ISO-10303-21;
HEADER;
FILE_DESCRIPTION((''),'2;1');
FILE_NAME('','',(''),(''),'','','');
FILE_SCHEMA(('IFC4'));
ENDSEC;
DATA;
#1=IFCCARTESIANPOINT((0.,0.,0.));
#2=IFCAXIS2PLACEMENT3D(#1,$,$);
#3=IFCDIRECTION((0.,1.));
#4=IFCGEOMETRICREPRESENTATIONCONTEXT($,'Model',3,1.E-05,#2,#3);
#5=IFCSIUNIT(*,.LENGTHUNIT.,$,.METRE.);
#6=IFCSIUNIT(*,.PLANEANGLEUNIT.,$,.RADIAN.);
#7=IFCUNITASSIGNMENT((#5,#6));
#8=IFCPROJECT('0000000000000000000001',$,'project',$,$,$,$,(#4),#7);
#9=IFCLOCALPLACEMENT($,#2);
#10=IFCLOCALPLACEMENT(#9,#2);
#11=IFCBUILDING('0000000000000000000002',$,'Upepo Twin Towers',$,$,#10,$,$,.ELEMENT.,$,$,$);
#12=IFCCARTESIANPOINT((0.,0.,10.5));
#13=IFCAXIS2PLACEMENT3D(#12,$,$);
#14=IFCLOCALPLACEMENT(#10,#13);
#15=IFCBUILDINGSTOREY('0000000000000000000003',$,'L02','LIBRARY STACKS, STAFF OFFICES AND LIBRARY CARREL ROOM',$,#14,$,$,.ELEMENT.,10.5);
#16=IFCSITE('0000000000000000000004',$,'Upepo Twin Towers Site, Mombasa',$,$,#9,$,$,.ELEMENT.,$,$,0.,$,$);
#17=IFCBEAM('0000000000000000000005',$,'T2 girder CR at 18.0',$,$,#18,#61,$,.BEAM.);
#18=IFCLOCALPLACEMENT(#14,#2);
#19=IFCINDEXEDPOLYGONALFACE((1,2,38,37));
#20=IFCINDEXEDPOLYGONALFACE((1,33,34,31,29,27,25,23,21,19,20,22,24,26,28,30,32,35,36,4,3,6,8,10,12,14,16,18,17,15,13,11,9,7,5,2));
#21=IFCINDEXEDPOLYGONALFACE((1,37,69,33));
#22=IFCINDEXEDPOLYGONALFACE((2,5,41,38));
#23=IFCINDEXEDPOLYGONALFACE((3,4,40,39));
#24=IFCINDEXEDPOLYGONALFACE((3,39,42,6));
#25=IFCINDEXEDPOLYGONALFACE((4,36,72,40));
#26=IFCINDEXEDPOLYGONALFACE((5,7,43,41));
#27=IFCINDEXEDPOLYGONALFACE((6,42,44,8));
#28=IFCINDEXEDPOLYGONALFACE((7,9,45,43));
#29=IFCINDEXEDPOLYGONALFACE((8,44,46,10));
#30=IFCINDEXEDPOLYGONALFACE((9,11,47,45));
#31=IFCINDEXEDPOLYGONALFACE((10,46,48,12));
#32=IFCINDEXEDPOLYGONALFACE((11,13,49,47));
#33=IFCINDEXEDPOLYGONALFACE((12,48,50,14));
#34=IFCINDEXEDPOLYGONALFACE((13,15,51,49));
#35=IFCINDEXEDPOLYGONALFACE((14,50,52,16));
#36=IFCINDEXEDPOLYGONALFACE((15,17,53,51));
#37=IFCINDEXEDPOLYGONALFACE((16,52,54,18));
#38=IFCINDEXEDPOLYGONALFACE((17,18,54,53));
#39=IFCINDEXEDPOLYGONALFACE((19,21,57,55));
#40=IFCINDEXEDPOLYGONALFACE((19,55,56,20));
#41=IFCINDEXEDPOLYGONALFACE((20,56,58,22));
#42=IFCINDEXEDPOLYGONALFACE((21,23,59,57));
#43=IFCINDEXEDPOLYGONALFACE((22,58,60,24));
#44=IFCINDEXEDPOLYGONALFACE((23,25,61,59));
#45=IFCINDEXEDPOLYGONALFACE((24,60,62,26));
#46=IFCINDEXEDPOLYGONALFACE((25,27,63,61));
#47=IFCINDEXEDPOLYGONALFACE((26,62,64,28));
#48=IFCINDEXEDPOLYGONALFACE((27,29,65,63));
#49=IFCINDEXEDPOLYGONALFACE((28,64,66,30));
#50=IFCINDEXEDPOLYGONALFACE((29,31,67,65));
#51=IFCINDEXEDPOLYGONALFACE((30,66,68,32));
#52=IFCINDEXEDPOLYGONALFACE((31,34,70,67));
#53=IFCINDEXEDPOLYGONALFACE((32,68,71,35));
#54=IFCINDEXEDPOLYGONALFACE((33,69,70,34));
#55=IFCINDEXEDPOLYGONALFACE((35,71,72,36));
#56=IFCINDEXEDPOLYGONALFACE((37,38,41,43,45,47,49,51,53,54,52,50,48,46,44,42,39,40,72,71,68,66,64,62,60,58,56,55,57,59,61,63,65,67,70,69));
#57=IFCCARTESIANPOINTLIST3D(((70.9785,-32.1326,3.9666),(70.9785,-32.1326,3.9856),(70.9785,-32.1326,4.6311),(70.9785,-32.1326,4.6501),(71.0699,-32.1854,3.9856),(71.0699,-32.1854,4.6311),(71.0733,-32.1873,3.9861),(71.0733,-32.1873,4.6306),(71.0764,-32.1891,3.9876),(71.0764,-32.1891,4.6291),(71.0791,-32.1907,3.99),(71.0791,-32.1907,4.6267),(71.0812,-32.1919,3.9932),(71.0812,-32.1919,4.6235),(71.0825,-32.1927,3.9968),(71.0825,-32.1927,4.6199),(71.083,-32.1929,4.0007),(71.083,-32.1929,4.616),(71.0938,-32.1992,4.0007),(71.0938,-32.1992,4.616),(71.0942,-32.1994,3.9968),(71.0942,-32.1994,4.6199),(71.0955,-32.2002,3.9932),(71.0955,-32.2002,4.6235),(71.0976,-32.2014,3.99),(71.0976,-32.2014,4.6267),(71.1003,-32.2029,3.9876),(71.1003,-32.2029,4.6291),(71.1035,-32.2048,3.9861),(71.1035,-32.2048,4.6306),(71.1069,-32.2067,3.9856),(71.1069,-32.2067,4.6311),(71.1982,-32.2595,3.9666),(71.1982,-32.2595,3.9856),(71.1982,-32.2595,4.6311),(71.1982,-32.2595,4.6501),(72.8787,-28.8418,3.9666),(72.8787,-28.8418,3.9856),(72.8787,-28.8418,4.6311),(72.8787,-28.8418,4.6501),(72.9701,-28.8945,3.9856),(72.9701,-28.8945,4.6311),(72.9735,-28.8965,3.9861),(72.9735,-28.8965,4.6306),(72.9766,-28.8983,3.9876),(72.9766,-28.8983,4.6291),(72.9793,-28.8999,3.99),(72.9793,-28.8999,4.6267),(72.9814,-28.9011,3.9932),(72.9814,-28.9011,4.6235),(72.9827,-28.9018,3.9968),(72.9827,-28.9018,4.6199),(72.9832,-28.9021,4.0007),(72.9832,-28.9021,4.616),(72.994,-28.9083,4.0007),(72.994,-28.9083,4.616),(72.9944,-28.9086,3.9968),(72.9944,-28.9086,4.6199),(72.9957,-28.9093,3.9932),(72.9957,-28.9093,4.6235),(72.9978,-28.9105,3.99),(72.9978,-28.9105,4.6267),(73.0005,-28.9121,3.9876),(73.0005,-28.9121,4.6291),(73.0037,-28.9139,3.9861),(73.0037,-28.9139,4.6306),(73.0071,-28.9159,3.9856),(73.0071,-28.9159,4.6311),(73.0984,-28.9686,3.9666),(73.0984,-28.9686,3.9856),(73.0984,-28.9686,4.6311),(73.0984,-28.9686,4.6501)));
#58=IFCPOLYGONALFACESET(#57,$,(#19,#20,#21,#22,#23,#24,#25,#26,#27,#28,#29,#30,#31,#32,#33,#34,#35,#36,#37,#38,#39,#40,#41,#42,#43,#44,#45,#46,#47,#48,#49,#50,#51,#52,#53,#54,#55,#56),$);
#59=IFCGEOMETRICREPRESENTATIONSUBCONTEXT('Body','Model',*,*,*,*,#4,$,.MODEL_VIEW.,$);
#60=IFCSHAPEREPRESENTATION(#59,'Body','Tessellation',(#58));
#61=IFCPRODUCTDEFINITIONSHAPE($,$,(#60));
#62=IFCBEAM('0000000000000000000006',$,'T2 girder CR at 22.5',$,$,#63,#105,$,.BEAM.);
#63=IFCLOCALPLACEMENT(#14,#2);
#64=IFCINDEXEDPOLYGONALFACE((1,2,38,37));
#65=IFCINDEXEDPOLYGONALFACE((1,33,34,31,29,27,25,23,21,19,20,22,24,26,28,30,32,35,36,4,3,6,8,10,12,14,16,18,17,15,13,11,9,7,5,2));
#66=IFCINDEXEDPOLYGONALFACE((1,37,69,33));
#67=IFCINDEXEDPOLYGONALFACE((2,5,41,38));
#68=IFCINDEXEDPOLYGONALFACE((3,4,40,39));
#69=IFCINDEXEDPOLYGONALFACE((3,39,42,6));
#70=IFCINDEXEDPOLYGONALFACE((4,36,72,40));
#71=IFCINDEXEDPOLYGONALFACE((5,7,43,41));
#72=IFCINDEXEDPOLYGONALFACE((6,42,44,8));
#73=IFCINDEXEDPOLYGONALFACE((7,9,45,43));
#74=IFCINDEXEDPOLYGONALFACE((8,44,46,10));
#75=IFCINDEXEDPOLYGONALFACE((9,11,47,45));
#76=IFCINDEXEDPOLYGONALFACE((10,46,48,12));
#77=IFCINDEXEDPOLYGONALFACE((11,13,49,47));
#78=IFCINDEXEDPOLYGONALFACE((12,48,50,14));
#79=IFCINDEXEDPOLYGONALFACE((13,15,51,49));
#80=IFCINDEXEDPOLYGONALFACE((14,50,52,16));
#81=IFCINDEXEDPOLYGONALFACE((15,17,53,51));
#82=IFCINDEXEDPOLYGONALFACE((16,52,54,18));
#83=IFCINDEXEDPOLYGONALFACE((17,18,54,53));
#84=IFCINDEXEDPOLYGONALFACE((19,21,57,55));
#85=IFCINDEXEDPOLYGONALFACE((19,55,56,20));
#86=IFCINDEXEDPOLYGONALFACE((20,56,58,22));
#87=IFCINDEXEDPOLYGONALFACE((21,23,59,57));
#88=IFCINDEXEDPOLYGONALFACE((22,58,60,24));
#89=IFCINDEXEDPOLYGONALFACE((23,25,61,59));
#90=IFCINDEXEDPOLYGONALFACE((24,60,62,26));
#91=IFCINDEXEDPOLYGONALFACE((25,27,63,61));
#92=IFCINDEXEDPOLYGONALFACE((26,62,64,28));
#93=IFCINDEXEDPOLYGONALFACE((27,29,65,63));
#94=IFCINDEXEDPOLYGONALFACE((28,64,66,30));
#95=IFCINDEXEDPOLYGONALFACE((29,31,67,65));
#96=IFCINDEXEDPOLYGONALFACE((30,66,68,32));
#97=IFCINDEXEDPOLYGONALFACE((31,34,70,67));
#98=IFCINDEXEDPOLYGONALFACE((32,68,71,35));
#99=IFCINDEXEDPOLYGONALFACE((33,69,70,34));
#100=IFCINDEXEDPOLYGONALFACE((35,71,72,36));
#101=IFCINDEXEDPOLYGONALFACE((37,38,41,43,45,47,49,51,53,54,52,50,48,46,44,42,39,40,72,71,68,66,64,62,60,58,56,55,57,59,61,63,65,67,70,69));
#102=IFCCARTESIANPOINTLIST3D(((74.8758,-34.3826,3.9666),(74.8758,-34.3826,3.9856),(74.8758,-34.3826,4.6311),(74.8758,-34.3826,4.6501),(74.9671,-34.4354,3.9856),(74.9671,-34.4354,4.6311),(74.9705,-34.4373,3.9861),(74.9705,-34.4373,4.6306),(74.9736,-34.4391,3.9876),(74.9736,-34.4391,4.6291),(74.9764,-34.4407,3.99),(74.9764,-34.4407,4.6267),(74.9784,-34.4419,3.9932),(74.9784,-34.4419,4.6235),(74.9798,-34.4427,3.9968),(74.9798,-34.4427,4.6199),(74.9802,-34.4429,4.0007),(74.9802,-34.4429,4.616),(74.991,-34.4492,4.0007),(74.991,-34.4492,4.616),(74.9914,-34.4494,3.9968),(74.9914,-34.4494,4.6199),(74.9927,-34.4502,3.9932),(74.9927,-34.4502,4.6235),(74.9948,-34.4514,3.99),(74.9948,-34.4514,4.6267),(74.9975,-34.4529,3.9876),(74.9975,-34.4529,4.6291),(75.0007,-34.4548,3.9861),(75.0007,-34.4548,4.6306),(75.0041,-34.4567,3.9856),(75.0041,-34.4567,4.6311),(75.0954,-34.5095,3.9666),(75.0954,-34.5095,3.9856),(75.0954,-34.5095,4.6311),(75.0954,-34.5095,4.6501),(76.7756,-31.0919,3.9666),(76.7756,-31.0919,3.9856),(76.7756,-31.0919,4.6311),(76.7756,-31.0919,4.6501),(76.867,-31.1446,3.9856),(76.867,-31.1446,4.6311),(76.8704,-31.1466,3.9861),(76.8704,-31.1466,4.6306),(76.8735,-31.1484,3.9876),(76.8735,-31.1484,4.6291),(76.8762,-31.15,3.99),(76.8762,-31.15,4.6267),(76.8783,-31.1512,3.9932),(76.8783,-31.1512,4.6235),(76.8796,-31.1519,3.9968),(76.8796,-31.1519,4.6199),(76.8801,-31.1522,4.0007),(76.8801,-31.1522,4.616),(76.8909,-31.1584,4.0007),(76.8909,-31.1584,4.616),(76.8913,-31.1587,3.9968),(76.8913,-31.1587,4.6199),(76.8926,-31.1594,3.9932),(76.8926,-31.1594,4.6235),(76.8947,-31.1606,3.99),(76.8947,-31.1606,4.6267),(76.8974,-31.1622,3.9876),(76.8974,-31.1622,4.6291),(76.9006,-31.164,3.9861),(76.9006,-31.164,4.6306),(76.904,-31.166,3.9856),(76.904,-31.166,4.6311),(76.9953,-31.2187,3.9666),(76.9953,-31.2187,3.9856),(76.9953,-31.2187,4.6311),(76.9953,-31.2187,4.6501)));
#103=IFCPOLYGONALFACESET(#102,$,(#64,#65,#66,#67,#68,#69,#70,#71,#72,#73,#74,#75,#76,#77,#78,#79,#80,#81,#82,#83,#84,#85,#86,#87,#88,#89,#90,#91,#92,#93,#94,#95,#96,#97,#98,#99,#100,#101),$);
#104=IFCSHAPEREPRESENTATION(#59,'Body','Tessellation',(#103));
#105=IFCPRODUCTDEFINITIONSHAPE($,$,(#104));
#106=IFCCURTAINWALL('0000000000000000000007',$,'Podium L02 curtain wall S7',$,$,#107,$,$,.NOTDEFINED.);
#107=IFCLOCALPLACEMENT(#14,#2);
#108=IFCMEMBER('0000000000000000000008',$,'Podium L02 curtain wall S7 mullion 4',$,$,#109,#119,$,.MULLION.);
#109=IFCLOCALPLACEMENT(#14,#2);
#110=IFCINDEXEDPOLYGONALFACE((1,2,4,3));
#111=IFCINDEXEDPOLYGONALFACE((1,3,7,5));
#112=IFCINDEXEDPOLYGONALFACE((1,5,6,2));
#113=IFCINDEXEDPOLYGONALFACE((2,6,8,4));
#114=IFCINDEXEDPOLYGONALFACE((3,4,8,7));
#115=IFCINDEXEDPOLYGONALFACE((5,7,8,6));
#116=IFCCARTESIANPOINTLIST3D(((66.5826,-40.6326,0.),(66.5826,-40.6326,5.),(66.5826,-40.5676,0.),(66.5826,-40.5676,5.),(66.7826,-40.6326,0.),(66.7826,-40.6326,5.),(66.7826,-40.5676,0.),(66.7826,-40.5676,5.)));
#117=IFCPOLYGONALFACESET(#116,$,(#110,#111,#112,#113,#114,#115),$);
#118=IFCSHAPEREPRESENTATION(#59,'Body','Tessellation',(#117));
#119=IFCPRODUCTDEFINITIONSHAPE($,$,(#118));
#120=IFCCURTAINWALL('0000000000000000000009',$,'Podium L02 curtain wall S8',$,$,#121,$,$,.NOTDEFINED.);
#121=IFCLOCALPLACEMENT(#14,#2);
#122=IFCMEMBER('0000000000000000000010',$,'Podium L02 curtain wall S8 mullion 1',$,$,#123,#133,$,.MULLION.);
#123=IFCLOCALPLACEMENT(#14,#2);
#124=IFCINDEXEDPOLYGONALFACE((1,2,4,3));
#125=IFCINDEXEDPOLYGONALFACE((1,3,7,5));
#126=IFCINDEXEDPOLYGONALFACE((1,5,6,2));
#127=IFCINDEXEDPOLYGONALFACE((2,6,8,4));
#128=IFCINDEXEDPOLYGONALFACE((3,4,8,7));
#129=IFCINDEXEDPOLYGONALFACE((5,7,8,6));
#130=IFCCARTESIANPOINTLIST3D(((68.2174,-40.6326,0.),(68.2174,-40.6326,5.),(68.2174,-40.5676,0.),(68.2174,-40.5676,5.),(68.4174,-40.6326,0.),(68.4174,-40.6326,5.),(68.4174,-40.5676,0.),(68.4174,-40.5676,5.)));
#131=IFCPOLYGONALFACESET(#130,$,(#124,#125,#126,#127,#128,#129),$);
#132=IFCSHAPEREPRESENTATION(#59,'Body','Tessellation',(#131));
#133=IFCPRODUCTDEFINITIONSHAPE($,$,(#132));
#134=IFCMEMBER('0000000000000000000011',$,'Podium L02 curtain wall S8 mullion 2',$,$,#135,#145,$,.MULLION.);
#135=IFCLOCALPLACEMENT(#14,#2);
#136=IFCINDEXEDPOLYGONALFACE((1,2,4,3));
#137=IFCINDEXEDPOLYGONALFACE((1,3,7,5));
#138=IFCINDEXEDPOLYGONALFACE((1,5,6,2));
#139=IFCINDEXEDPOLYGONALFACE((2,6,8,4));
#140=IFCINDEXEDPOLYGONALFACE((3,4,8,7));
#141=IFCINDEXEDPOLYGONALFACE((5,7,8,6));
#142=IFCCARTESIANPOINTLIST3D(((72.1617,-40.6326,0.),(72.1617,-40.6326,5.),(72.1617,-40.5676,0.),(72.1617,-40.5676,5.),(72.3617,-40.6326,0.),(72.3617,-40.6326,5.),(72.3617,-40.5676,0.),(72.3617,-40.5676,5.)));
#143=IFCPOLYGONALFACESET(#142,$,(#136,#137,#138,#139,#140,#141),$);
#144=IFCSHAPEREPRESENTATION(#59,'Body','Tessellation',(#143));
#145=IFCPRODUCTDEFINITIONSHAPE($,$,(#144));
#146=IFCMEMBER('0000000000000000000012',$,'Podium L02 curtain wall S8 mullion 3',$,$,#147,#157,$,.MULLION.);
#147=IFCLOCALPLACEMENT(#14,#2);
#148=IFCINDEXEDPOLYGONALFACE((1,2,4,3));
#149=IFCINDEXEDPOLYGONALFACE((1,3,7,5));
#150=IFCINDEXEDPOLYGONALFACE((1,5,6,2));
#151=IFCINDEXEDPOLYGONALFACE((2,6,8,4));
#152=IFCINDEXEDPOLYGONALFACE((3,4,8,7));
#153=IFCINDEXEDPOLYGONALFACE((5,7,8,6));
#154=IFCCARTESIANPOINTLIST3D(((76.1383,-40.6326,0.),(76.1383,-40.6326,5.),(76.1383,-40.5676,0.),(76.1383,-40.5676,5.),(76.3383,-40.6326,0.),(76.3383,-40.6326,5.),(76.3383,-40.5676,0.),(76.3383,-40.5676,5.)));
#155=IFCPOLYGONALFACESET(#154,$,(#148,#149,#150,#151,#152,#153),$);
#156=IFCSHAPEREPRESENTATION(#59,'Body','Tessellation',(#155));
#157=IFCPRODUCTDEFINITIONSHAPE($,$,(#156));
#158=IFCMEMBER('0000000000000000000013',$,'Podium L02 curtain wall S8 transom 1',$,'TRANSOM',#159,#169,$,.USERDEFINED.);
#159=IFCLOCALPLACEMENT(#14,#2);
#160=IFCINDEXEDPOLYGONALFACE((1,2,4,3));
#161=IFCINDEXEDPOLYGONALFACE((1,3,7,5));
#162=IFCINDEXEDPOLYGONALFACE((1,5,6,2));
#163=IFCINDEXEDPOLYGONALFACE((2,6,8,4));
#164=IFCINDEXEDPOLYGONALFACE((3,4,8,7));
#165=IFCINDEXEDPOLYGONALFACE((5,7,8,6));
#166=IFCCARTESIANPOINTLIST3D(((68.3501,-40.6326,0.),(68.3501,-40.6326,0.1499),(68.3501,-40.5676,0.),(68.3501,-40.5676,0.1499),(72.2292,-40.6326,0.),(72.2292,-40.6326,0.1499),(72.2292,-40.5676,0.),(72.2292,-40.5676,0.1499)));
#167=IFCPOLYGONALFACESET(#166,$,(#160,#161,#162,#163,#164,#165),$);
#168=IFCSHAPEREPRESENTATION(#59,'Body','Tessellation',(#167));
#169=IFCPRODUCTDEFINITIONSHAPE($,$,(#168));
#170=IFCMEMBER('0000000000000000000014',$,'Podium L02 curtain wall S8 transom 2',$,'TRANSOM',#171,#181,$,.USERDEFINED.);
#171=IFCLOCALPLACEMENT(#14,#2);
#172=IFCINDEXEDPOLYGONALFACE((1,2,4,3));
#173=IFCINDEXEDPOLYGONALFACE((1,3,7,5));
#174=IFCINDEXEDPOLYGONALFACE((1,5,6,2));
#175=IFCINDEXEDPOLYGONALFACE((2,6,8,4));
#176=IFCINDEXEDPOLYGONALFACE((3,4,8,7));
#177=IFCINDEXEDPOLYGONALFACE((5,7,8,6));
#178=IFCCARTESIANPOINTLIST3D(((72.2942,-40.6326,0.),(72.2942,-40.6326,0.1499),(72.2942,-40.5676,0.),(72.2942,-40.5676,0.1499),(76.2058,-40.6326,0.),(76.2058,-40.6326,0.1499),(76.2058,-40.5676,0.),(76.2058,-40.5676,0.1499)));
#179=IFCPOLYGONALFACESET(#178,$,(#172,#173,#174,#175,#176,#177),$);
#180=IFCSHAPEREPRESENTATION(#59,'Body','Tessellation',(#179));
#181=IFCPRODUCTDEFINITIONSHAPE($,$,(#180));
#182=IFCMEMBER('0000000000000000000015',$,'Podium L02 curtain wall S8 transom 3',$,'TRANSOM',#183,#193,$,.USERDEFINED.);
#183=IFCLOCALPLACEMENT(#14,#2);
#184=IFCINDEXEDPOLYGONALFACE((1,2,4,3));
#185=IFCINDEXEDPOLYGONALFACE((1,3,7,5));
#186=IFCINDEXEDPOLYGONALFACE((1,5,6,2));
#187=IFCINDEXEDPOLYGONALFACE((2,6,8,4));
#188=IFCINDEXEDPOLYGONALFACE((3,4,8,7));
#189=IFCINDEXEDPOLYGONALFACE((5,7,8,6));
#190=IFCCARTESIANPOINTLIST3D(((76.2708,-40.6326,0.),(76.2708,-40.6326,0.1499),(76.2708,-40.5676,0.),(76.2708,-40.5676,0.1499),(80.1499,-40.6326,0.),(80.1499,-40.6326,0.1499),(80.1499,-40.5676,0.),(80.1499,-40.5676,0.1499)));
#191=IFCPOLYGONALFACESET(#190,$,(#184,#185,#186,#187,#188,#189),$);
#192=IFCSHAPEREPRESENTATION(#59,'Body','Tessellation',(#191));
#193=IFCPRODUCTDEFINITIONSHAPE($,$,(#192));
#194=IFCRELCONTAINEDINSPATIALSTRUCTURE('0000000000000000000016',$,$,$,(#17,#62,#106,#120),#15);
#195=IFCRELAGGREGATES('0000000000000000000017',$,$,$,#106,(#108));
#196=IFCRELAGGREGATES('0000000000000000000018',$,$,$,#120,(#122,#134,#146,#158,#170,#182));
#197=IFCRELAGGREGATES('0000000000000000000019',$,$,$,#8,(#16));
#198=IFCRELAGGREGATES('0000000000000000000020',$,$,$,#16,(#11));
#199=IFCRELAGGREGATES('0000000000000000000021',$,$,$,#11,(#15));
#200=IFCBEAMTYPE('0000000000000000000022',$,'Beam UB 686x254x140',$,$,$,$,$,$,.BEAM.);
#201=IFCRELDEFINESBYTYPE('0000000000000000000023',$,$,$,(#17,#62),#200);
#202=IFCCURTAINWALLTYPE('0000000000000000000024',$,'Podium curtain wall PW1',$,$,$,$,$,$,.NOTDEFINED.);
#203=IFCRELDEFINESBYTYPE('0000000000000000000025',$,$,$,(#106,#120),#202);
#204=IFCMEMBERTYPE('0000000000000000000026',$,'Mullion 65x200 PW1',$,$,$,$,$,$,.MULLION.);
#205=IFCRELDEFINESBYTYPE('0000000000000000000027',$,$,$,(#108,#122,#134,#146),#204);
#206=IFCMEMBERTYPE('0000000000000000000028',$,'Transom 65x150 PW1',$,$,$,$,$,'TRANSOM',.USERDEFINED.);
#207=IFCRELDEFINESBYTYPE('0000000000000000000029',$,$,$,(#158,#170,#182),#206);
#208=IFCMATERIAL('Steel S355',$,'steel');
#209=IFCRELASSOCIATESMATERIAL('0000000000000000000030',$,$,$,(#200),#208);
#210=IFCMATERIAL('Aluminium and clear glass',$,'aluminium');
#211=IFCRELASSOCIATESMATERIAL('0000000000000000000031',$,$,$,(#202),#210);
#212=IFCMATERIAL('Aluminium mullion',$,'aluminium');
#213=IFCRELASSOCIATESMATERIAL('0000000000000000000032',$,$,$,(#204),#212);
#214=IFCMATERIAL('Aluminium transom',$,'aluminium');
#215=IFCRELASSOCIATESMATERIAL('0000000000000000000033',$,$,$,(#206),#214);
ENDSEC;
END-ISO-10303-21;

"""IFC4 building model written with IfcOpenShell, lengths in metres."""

from ifc_helpers import new_model, si_unit, direction, frame, origin, origin_2d, place, context, subcontext, project, spatial, rectangle, i_section, extrude, material, material_profile, profile_set, type_object, element, aggregate, save


model = new_model("IFC4")

# Units and contexts
model_context = context("Model", 3, precision=1e-05, world=origin(), true_north=direction((0.0, 1.0)))
body_context = subcontext(model_context, "Body", "Model", "MODEL_VIEW")
ifc_project = project(units=[si_unit("LENGTHUNIT", "METRE"), si_unit("PLANEANGLEUNIT", "RADIAN")], contexts=[model_context])

# Site, building, storey
site_placement = place(None, origin())
site = spatial("IfcSite", under=ifc_project, at=site_placement, Name="Upepo Twin Towers Site, Mombasa", CompositionType="ELEMENT", RefElevation=0.0)
building_placement = place(site_placement, origin())
building = spatial("IfcBuilding", under=site, at=building_placement, Name="Upepo Twin Towers", CompositionType="ELEMENT")
storey_placement = place(building_placement, frame((0.0, 0.0, 10.5)))
storey = spatial("IfcBuildingStorey", under=building, at=storey_placement, Name="L02", Description="LIBRARY STACKS, STAFF OFFICES AND LIBRARY CARREL ROOM", CompositionType="ELEMENT", Elevation=10.5)

# Beams
ifc_material_1 = material(Name="Steel S355", Category="steel")
ifc_material_profile_1 = material_profile(ifc_material_1, i_section(OverallWidth=0.2537, OverallDepth=0.6836, WebThickness=0.0125, FlangeThickness=0.019, FilletRadius=0.0151, at=origin_2d()), Name="UB 686x254x140")
ifc_profile_set_1 = profile_set([ifc_material_profile_1], Name="Steel S355")
beam_type_1 = type_object("IfcBeamType", Name="Beam UB 686x254x140", PredefinedType="BEAM", material=ifc_profile_set_1)
beam_1_placement = place(storey_placement, frame((71.0884, -32.196, 4.3083), z_axis=(0.500043, 0.866, 0.0), x_axis=(-0.866, 0.500043, 0.0)))
element("IfcBeam", 1, at=beam_1_placement, inside=storey, type_object=beam_type_1, Name="T2 girder CR at 18.0", PredefinedType="BEAM", context=body_context, shape_type="SweptSolid", body=[
    extrude(i_section(OverallWidth=0.2537, OverallDepth=0.6836, WebThickness=0.0125, FlangeThickness=0.019, FilletRadius=0.0151, at=origin_2d()), origin(), (0.0, 0.0, 1.0), 3.8),
])
beam_2_placement = place(storey_placement, frame((74.9856, -34.446, 4.3083), z_axis=(0.499995, 0.866028, 0.0), x_axis=(-0.866028, 0.499995, 0.0)))
element("IfcBeam", 2, at=beam_2_placement, inside=storey, type_object=beam_type_1, Name="T2 girder CR at 22.5", PredefinedType="BEAM", context=body_context, shape_type="SweptSolid", body=[
    extrude(i_section(OverallWidth=0.2537, OverallDepth=0.6836, WebThickness=0.0125, FlangeThickness=0.019, FilletRadius=0.0151, at=origin_2d()), origin(), (0.0, 0.0, 1.0), 3.7998),
])

# Curtain wall, member
ifc_material_2 = material(Name="Aluminium and clear glass", Category="aluminium")
curtain_wall_type = type_object("IfcCurtainWallType", Name="Podium curtain wall PW1", PredefinedType="NOTDEFINED", material=ifc_material_2)
curtain_wall_1_placement = place(storey_placement, origin())
curtain_wall_1 = element("IfcCurtainWall", 3, at=curtain_wall_1_placement, inside=storey, type_object=curtain_wall_type, Name="Podium L02 curtain wall S7", PredefinedType="NOTDEFINED")
ifc_material_3 = material(Name="Aluminium mullion", Category="aluminium")
ifc_material_profile_2 = material_profile(ifc_material_3, rectangle(XDim=0.0649, YDim=0.2, at=origin_2d()), Name="MULLION 65x200 PODIUM")
ifc_profile_set_2 = profile_set([ifc_material_profile_2], Name="Aluminium mullion")
member_type_1 = type_object("IfcMemberType", Name="Mullion 65x200 PW1", PredefinedType="MULLION", material=ifc_profile_set_2)
member_1_placement = place(storey_placement, frame((66.6826, -40.6001, 0.0), z_axis=(0.0, 0.0, 1.0), x_axis=(0.0, 1.0, 0.0)))
member_1 = element("IfcMember", 4, at=member_1_placement, type_object=member_type_1, Name="Podium L02 curtain wall S7 mullion 4", PredefinedType="MULLION", context=body_context, shape_type="SweptSolid", body=[
    extrude(rectangle(XDim=0.0649, YDim=0.2, at=origin_2d()), origin(), (0.0, 0.0, 1.0), 5.0),
])
aggregate(curtain_wall_1, [member_1])

# Curtain wall, members
curtain_wall_2_placement = place(storey_placement, origin())
curtain_wall_2 = element("IfcCurtainWall", 5, at=curtain_wall_2_placement, inside=storey, type_object=curtain_wall_type, Name="Podium L02 curtain wall S8", PredefinedType="NOTDEFINED")
member_2_placement = place(storey_placement, frame((68.3174, -40.6001, 0.0), z_axis=(0.0, 0.0, 1.0), x_axis=(0.0, 1.0, 0.0)))
member_2 = element("IfcMember", 6, at=member_2_placement, type_object=member_type_1, Name="Podium L02 curtain wall S8 mullion 1", PredefinedType="MULLION", context=body_context, shape_type="SweptSolid", body=[
    extrude(rectangle(XDim=0.0649, YDim=0.2, at=origin_2d()), origin(), (0.0, 0.0, 1.0), 5.0),
])
member_3_placement = place(storey_placement, frame((72.2617, -40.6001, 0.0), z_axis=(0.0, 0.0, 1.0), x_axis=(0.0, 1.0, 0.0)))
member_3 = element("IfcMember", 7, at=member_3_placement, type_object=member_type_1, Name="Podium L02 curtain wall S8 mullion 2", PredefinedType="MULLION", context=body_context, shape_type="SweptSolid", body=[
    extrude(rectangle(XDim=0.0649, YDim=0.2, at=origin_2d()), origin(), (0.0, 0.0, 1.0), 5.0),
])
member_4_placement = place(storey_placement, frame((76.2383, -40.6001, 0.0), z_axis=(0.0, 0.0, 1.0), x_axis=(0.0, 1.0, 0.0)))
member_4 = element("IfcMember", 8, at=member_4_placement, type_object=member_type_1, Name="Podium L02 curtain wall S8 mullion 3", PredefinedType="MULLION", context=body_context, shape_type="SweptSolid", body=[
    extrude(rectangle(XDim=0.0649, YDim=0.2, at=origin_2d()), origin(), (0.0, 0.0, 1.0), 5.0),
])
ifc_material_4 = material(Name="Aluminium transom", Category="aluminium")
ifc_material_profile_3 = material_profile(ifc_material_4, rectangle(XDim=0.0649, YDim=0.1499, at=origin_2d()), Name="TRANSOM 65x150 PODIUM")
ifc_profile_set_3 = profile_set([ifc_material_profile_3], Name="Aluminium transom")
member_type_2 = type_object("IfcMemberType", Name="Transom 65x150 PW1", ElementType="TRANSOM", PredefinedType="USERDEFINED", material=ifc_profile_set_3)
member_5_placement = place(storey_placement, frame((68.3501, -40.6001, 0.075), z_axis=(1.0, 0.0, 0.0), x_axis=(0.0, 1.0, 0.0)))
member_5 = element("IfcMember", 9, at=member_5_placement, type_object=member_type_2, Name="Podium L02 curtain wall S8 transom 1", ObjectType="TRANSOM", PredefinedType="USERDEFINED", context=body_context, shape_type="SweptSolid", body=[
    extrude(rectangle(XDim=0.0649, YDim=0.1499, at=origin_2d()), origin(), (0.0, 0.0, 1.0), 3.8792),
])
member_6_placement = place(storey_placement, frame((72.2942, -40.6001, 0.075), z_axis=(1.0, 0.0, 0.0), x_axis=(0.0, 1.0, 0.0)))
member_6 = element("IfcMember", 10, at=member_6_placement, type_object=member_type_2, Name="Podium L02 curtain wall S8 transom 2", ObjectType="TRANSOM", PredefinedType="USERDEFINED", context=body_context, shape_type="SweptSolid", body=[
    extrude(rectangle(XDim=0.0649, YDim=0.1499, at=origin_2d()), origin(), (0.0, 0.0, 1.0), 3.9116),
])
member_7_placement = place(storey_placement, frame((76.2708, -40.6001, 0.075), z_axis=(1.0, 0.0, 0.0), x_axis=(0.0, 1.0, 0.0)))
member_7 = element("IfcMember", 11, at=member_7_placement, type_object=member_type_2, Name="Podium L02 curtain wall S8 transom 3", ObjectType="TRANSOM", PredefinedType="USERDEFINED", context=body_context, shape_type="SweptSolid", body=[
    extrude(rectangle(XDim=0.0649, YDim=0.1499, at=origin_2d()), origin(), (0.0, 0.0, 1.0), 3.8792),
])
aggregate(curtain_wall_2, [member_2, member_3, member_4, member_5, member_6, member_7])

save(model, "model.ifc")
